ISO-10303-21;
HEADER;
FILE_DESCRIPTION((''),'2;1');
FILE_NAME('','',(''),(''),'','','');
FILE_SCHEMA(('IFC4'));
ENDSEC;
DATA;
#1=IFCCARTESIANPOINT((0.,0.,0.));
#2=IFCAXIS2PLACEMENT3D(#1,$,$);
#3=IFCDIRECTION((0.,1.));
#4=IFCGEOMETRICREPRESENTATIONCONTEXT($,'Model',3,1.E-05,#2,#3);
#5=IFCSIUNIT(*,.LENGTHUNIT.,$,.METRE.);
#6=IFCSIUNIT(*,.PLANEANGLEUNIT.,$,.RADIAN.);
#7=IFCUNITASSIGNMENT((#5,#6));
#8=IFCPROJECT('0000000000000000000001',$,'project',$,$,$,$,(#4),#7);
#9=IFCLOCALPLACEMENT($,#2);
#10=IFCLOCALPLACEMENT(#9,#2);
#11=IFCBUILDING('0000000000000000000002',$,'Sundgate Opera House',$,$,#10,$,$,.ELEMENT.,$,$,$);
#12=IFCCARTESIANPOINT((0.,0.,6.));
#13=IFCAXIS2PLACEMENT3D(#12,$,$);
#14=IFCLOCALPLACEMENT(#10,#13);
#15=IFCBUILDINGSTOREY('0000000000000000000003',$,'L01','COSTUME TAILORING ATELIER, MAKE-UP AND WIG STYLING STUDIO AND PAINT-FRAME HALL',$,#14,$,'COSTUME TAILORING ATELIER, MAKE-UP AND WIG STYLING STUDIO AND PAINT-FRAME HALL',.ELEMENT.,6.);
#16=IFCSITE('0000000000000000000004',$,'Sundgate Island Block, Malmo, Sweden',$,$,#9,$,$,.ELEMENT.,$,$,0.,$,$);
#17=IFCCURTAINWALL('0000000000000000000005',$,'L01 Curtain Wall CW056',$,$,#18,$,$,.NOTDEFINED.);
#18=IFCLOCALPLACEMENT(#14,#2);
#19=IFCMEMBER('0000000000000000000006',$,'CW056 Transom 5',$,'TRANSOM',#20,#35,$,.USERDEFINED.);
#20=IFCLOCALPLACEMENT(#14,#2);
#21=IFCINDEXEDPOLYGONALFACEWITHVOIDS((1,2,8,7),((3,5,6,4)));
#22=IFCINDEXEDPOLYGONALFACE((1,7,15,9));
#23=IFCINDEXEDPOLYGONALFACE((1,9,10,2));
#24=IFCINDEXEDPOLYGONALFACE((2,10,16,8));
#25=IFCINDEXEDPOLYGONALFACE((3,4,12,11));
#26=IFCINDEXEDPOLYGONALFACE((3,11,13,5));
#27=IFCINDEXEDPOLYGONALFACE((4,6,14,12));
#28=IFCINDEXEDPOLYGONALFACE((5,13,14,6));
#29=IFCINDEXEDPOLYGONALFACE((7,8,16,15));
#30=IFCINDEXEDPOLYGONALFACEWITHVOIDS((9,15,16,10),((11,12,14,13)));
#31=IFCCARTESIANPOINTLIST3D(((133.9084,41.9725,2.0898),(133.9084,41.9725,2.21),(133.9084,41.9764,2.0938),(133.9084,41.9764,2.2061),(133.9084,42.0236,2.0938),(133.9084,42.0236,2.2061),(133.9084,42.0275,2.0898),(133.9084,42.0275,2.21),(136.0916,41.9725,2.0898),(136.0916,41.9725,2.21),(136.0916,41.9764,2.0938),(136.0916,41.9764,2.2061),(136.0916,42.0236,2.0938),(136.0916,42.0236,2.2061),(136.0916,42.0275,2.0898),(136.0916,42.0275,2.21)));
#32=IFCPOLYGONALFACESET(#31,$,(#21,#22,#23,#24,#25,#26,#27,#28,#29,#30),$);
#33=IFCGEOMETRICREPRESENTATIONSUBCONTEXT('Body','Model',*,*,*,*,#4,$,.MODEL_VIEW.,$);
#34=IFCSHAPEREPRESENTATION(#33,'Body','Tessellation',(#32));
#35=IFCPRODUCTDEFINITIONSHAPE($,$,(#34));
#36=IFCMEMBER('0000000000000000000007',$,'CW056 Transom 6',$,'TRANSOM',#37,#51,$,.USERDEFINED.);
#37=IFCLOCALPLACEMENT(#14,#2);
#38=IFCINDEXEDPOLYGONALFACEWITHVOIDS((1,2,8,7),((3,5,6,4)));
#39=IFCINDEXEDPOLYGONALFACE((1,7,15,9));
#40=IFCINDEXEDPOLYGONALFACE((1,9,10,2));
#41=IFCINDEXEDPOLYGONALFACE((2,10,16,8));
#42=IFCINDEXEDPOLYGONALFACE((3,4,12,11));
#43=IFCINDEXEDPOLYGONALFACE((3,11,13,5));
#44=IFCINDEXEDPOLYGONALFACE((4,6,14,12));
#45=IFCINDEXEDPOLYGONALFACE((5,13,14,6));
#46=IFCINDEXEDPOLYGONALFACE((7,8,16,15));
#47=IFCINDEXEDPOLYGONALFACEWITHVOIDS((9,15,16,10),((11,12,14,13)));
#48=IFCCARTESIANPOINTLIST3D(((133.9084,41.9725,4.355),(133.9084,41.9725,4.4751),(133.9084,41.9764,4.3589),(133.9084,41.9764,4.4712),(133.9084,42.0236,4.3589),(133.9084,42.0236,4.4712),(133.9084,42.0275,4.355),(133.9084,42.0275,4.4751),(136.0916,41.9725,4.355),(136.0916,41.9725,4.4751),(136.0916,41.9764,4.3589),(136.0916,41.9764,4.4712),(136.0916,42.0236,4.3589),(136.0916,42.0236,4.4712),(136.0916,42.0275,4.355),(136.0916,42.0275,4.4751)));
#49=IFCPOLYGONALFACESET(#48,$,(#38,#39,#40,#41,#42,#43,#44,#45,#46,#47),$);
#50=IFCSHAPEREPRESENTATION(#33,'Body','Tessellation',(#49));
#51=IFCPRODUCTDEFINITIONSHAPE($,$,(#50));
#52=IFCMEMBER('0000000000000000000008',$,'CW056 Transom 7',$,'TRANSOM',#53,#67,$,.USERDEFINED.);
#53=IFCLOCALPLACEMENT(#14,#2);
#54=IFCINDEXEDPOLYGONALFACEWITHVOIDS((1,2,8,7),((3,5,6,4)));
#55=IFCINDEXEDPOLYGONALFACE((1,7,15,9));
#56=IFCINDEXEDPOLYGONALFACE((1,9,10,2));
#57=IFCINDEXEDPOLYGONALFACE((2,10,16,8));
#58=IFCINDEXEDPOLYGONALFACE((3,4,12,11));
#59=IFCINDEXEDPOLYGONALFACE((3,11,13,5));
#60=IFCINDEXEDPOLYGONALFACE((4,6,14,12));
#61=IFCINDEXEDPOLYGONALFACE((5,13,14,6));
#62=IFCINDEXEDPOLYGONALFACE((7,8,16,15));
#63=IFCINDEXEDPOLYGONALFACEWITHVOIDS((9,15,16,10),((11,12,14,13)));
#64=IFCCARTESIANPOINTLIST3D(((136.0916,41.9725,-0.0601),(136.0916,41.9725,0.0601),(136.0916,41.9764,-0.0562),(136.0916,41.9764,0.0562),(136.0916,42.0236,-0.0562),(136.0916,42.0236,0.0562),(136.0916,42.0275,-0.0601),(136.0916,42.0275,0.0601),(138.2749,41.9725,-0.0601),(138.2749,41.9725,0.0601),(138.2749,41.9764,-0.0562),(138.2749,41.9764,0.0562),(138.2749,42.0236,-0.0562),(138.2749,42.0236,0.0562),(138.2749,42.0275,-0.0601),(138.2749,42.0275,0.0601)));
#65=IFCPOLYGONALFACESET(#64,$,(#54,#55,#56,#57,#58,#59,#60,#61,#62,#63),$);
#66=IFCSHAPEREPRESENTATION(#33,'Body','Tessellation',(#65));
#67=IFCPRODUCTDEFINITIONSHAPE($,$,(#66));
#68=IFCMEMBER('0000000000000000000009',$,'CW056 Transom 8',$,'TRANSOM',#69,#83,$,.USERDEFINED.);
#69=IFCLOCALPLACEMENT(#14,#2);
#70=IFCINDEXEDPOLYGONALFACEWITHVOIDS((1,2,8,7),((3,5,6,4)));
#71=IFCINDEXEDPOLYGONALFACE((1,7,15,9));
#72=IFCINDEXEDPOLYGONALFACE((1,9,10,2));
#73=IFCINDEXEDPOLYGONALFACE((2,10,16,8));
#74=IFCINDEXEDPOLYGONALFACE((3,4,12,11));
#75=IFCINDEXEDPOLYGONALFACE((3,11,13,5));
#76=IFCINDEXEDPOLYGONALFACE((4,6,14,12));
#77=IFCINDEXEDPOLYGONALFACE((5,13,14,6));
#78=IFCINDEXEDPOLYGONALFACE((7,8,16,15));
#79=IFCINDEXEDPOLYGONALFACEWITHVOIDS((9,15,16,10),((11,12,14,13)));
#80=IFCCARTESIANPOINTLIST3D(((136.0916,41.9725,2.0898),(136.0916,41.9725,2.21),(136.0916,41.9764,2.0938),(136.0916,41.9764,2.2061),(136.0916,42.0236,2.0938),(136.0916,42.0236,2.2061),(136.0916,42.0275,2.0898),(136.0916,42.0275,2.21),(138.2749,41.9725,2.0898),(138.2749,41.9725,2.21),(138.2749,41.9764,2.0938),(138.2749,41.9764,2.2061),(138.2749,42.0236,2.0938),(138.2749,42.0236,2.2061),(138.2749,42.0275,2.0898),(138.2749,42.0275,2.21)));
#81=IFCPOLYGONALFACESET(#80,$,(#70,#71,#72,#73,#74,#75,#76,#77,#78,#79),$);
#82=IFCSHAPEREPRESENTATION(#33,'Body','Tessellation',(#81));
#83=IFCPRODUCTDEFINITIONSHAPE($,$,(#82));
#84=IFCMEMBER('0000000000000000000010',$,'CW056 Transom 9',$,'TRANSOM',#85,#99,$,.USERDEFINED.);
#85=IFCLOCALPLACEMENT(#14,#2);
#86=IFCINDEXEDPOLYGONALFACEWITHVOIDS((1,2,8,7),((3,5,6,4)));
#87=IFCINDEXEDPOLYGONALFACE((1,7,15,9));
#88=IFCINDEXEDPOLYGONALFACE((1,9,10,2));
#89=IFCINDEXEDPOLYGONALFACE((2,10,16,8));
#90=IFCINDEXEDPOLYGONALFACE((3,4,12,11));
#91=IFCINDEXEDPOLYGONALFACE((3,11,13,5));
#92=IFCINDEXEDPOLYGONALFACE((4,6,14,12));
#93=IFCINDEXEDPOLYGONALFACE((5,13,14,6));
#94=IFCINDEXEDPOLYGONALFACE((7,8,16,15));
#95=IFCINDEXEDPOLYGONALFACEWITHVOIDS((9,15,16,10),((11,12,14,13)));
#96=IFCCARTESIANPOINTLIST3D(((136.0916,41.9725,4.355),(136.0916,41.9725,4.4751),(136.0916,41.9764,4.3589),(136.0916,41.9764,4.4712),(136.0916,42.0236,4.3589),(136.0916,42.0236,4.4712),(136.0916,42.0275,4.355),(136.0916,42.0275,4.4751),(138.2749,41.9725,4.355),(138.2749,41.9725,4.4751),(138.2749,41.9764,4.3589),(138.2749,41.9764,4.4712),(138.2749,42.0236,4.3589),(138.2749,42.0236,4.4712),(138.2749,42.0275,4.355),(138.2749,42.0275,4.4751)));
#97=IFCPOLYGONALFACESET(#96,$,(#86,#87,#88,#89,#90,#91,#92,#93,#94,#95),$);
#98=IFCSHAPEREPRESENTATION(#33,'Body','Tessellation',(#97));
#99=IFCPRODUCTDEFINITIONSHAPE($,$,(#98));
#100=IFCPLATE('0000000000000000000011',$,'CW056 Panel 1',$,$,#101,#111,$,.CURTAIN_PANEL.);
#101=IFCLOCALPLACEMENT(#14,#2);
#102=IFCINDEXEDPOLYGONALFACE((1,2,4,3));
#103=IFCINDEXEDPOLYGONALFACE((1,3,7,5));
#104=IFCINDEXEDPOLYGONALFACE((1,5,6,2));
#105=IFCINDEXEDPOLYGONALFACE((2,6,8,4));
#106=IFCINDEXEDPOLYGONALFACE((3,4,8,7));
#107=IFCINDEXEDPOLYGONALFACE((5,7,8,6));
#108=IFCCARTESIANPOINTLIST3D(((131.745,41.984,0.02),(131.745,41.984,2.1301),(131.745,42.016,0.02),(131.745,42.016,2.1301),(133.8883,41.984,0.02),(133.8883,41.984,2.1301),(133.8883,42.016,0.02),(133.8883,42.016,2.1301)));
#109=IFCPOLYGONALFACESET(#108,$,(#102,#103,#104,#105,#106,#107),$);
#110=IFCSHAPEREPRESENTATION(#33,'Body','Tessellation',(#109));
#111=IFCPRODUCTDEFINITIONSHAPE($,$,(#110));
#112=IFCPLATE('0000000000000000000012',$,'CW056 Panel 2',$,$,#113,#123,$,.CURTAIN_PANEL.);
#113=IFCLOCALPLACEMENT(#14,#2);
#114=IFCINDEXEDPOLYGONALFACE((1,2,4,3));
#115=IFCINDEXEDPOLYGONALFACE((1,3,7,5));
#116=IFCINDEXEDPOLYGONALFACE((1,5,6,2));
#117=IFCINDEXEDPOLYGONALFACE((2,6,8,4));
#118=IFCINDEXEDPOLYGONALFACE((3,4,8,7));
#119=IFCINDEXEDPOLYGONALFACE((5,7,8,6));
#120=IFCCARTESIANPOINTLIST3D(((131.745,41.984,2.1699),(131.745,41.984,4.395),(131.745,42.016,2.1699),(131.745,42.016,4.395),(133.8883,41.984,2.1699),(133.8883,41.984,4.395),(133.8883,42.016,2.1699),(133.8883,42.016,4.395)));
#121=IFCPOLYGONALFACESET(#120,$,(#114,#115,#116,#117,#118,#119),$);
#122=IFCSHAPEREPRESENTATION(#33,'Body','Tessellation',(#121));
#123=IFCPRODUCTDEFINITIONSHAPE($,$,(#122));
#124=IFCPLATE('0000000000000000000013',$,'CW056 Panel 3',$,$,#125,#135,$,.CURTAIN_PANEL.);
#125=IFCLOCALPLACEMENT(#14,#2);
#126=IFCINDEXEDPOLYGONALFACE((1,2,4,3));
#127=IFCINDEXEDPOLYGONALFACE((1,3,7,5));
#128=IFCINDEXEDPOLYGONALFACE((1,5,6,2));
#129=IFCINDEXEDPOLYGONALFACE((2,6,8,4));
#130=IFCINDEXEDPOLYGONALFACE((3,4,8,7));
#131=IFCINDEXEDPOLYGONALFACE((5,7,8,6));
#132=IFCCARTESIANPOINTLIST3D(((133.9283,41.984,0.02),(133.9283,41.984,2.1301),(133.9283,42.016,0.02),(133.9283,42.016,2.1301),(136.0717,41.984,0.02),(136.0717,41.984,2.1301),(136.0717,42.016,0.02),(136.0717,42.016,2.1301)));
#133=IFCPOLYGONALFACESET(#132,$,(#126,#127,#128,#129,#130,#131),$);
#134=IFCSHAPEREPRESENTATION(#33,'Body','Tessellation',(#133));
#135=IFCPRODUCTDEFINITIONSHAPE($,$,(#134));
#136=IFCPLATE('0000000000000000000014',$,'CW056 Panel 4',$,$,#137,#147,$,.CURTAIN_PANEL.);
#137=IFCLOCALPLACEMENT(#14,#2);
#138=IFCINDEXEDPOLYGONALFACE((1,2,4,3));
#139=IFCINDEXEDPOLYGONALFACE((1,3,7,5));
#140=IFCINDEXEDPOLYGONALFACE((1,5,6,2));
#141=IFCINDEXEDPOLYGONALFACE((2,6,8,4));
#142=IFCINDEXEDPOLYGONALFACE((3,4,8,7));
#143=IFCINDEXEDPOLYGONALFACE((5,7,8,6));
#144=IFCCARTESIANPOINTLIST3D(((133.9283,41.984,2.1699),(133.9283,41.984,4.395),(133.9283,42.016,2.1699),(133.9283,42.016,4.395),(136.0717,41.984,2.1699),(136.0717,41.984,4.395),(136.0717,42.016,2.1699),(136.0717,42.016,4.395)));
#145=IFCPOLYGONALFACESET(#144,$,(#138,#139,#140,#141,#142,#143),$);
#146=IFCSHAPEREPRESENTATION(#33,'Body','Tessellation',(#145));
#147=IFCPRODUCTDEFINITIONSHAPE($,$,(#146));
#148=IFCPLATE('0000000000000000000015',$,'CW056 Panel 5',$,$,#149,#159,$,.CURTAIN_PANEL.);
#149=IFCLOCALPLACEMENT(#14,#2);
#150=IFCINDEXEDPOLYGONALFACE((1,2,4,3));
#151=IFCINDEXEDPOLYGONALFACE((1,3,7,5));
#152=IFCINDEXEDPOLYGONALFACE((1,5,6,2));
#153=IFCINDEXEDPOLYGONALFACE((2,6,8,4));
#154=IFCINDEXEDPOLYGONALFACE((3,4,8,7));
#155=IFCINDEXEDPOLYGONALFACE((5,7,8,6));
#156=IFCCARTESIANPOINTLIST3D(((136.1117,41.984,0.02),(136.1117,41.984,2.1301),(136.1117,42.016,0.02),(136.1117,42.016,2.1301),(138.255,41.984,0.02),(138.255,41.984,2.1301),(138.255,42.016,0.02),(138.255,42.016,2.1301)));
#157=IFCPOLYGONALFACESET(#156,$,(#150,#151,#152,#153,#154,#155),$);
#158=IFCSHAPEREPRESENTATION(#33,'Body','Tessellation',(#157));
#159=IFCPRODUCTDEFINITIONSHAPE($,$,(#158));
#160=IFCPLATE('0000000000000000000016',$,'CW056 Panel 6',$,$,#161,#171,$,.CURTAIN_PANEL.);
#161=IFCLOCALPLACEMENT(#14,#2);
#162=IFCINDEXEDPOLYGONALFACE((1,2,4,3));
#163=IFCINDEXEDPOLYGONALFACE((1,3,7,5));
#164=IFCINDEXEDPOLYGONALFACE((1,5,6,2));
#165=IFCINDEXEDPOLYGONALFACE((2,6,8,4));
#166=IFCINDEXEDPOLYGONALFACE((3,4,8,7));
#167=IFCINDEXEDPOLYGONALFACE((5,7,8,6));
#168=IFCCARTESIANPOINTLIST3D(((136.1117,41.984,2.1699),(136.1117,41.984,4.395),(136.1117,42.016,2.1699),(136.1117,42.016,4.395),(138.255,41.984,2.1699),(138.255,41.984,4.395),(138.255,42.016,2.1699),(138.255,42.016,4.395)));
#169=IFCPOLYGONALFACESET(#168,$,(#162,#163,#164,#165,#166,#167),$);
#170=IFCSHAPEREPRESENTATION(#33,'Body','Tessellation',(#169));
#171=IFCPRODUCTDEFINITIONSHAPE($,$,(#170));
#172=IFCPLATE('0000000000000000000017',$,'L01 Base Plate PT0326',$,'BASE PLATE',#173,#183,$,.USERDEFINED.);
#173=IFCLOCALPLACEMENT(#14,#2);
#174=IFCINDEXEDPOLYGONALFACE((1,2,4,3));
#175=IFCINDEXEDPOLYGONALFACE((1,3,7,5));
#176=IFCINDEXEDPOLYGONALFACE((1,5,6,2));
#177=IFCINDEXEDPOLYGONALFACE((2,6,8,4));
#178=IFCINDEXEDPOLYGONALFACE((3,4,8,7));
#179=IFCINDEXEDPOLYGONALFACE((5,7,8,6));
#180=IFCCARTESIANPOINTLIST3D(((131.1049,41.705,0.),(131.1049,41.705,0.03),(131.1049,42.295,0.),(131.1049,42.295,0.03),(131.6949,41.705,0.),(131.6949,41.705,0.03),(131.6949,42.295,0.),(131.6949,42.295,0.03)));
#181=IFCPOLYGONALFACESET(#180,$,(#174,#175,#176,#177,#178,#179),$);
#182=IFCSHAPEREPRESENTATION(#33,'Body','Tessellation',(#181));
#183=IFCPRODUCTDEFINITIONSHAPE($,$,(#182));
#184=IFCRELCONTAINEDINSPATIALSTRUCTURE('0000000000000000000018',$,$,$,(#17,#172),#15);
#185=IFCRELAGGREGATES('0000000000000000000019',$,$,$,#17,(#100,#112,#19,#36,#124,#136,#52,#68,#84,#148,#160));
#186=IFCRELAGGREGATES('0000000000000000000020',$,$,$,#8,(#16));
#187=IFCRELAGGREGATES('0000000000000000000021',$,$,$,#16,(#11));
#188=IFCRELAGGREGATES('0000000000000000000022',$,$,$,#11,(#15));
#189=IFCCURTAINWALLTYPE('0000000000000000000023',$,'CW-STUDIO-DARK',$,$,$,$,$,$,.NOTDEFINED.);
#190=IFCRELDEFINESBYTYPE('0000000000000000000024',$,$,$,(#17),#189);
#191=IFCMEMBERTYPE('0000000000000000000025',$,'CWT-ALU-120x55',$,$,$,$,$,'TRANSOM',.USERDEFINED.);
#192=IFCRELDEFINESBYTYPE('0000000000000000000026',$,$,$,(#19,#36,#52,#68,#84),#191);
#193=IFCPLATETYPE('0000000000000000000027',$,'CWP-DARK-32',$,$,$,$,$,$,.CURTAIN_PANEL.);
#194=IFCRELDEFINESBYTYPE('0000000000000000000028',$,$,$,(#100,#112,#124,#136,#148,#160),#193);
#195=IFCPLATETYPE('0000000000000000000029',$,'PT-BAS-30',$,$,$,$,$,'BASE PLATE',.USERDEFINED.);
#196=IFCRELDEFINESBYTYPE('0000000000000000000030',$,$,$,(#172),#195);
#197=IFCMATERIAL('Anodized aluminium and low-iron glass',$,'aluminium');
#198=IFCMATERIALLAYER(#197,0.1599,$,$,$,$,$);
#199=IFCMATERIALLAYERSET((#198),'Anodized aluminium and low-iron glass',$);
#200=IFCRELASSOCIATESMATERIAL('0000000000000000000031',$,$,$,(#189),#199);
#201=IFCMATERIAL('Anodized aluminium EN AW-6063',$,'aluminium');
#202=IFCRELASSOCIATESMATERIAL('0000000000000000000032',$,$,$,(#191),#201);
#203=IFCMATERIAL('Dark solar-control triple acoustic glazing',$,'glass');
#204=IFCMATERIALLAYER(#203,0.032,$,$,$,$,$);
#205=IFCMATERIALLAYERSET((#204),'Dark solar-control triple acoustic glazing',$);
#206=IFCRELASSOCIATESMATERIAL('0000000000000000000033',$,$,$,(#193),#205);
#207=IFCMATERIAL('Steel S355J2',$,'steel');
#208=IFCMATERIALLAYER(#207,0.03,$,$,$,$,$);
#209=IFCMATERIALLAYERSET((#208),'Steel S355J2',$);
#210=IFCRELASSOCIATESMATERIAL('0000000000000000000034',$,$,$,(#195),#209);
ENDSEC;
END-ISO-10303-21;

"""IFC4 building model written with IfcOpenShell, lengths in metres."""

from ifc_helpers import new_model, si_unit, direction, frame, origin, origin_2d, place, context, subcontext, project, spatial, rectangle, hollow_rectangle, extrude, material, layer, layer_set, material_profile, profile_set, type_object, element, aggregate, save


model = new_model("IFC4")

# Units and contexts
model_context = context("Model", 3, precision=1e-05, world=origin(), true_north=direction((0.0, 1.0)))
body_context = subcontext(model_context, "Body", "Model", "MODEL_VIEW")
ifc_project = project(units=[si_unit("LENGTHUNIT", "METRE"), si_unit("PLANEANGLEUNIT", "RADIAN")], contexts=[model_context])

# Site, building, storey
site_placement = place(None, origin())
site = spatial("IfcSite", under=ifc_project, at=site_placement, Name="Sundgate Island Block, Malmo, Sweden", CompositionType="ELEMENT", RefElevation=0.0)
building_placement = place(site_placement, origin())
building = spatial("IfcBuilding", under=site, at=building_placement, Name="Sundgate Opera House", CompositionType="ELEMENT")
storey_placement = place(building_placement, frame((0.0, 0.0, 6.0)))
storey = spatial("IfcBuildingStorey", under=building, at=storey_placement, Name="L01", Description="COSTUME TAILORING ATELIER, MAKE-UP AND WIG STYLING STUDIO AND PAINT-FRAME HALL", LongName="COSTUME TAILORING ATELIER, MAKE-UP AND WIG STYLING STUDIO AND PAINT-FRAME HALL", CompositionType="ELEMENT", Elevation=6.0)

# Curtain wall, members, plates
ifc_material_1 = material(Name="Anodized aluminium and low-iron glass", Category="aluminium")
ifc_layer_1 = layer(ifc_material_1, 0.1599)
ifc_layer_set_1 = layer_set([ifc_layer_1], Name="Anodized aluminium and low-iron glass")
curtain_wall_type = type_object("IfcCurtainWallType", Name="CW-STUDIO-DARK", PredefinedType="NOTDEFINED", material=ifc_layer_set_1)
curtain_wall_placement = place(storey_placement, origin())
curtain_wall = element("IfcCurtainWall", 1, at=curtain_wall_placement, inside=storey, type_object=curtain_wall_type, Name="L01 Curtain Wall CW056", PredefinedType="NOTDEFINED")
ifc_material_2 = material(Name="Anodized aluminium EN AW-6063", Category="aluminium")
ifc_material_profile_1 = material_profile(ifc_material_2, hollow_rectangle(XDim=0.0549, YDim=0.1201, WallThickness=0.0039, at=origin_2d()), Name="CWT 120x55x4")
ifc_profile_set_1 = profile_set([ifc_material_profile_1], Name="Anodized aluminium EN AW-6063")
member_type_1 = type_object("IfcMemberType", Name="CWT-ALU-120x55", ElementType="TRANSOM", PredefinedType="USERDEFINED", material=ifc_profile_set_1)
member_1_placement = place(storey_placement, frame((133.9084, 42.0, 2.1499), z_axis=(1.0, 0.0, 0.0), x_axis=(0.0, 1.0, 0.0)))
member_1 = element("IfcMember", 2, at=member_1_placement, type_object=member_type_1, Name="CW056 Transom 5", ObjectType="TRANSOM", PredefinedType="USERDEFINED", context=body_context, shape_type="SweptSolid", body=[
    extrude(hollow_rectangle(XDim=0.0549, YDim=0.1201, WallThickness=0.0039, at=origin_2d()), origin(), (0.0, 0.0, 1.0), 2.1831),
])
member_2_placement = place(storey_placement, frame((133.9084, 42.0, 4.415), z_axis=(1.0, 0.0, 0.0), x_axis=(0.0, 1.0, 0.0)))
member_2 = element("IfcMember", 3, at=member_2_placement, type_object=member_type_1, Name="CW056 Transom 6", ObjectType="TRANSOM", PredefinedType="USERDEFINED", context=body_context, shape_type="SweptSolid", body=[
    extrude(hollow_rectangle(XDim=0.0549, YDim=0.1201, WallThickness=0.0039, at=origin_2d()), origin(), (0.0, 0.0, 1.0), 2.1831),
])
member_3_placement = place(storey_placement, frame((136.0916, 42.0, 0.0), z_axis=(1.0, 0.0, 0.0), x_axis=(0.0, 1.0, 0.0)))
member_3 = element("IfcMember", 4, at=member_3_placement, type_object=member_type_1, Name="CW056 Transom 7", ObjectType="TRANSOM", PredefinedType="USERDEFINED", context=body_context, shape_type="SweptSolid", body=[
    extrude(hollow_rectangle(XDim=0.0549, YDim=0.1201, WallThickness=0.0039, at=origin_2d()), origin(), (0.0, 0.0, 1.0), 2.1833),
])
member_4_placement = place(storey_placement, frame((136.0916, 42.0, 2.1499), z_axis=(1.0, 0.0, 0.0), x_axis=(0.0, 1.0, 0.0)))
member_4 = element("IfcMember", 5, at=member_4_placement, type_object=member_type_1, Name="CW056 Transom 8", ObjectType="TRANSOM", PredefinedType="USERDEFINED", context=body_context, shape_type="SweptSolid", body=[
    extrude(hollow_rectangle(XDim=0.0549, YDim=0.1201, WallThickness=0.0039, at=origin_2d()), origin(), (0.0, 0.0, 1.0), 2.1833),
])
member_5_placement = place(storey_placement, frame((136.0916, 42.0, 4.415), z_axis=(1.0, 0.0, 0.0), x_axis=(0.0, 1.0, 0.0)))
member_5 = element("IfcMember", 6, at=member_5_placement, type_object=member_type_1, Name="CW056 Transom 9", ObjectType="TRANSOM", PredefinedType="USERDEFINED", context=body_context, shape_type="SweptSolid", body=[
    extrude(hollow_rectangle(XDim=0.0549, YDim=0.1201, WallThickness=0.0039, at=origin_2d()), origin(), (0.0, 0.0, 1.0), 2.1833),
])
ifc_material_3 = material(Name="Dark solar-control triple acoustic glazing", Category="glass")
ifc_layer_2 = layer(ifc_material_3, 0.032)
ifc_layer_set_2 = layer_set([ifc_layer_2], Name="Dark solar-control triple acoustic glazing")
plate_type_1 = type_object("IfcPlateType", Name="CWP-DARK-32", PredefinedType="CURTAIN_PANEL", material=ifc_layer_set_2)
plate_1_placement = place(storey_placement, frame((132.8167, 42.0, 0.02), z_axis=(0.0, 0.0, 1.0), x_axis=(1.0, 0.0, 0.0)))
plate_1 = element("IfcPlate", 7, at=plate_1_placement, type_object=plate_type_1, Name="CW056 Panel 1", PredefinedType="CURTAIN_PANEL", context=body_context, shape_type="SweptSolid", body=[
    extrude(rectangle(XDim=2.1433, YDim=0.032, at=origin_2d()), origin(), (0.0, 0.0, 1.0), 2.1101),
])
plate_2_placement = place(storey_placement, frame((132.8167, 42.0, 2.1699), z_axis=(0.0, 0.0, 1.0), x_axis=(1.0, 0.0, 0.0)))
plate_2 = element("IfcPlate", 8, at=plate_2_placement, type_object=plate_type_1, Name="CW056 Panel 2", PredefinedType="CURTAIN_PANEL", context=body_context, shape_type="SweptSolid", body=[
    extrude(rectangle(XDim=2.1433, YDim=0.032, at=origin_2d()), origin(), (0.0, 0.0, 1.0), 2.2251),
])
plate_3_placement = place(storey_placement, frame((135.0, 42.0, 0.02), z_axis=(0.0, 0.0, 1.0), x_axis=(1.0, 0.0, 0.0)))
plate_3 = element("IfcPlate", 9, at=plate_3_placement, type_object=plate_type_1, Name="CW056 Panel 3", PredefinedType="CURTAIN_PANEL", context=body_context, shape_type="SweptSolid", body=[
    extrude(rectangle(XDim=2.1433, YDim=0.032, at=origin_2d()), origin(), (0.0, 0.0, 1.0), 2.1101),
])
plate_4_placement = place(storey_placement, frame((135.0, 42.0, 2.1699), z_axis=(0.0, 0.0, 1.0), x_axis=(1.0, 0.0, 0.0)))
plate_4 = element("IfcPlate", 10, at=plate_4_placement, type_object=plate_type_1, Name="CW056 Panel 4", PredefinedType="CURTAIN_PANEL", context=body_context, shape_type="SweptSolid", body=[
    extrude(rectangle(XDim=2.1433, YDim=0.032, at=origin_2d()), origin(), (0.0, 0.0, 1.0), 2.2251),
])
plate_5_placement = place(storey_placement, frame((137.1833, 42.0, 0.02), z_axis=(0.0, 0.0, 1.0), x_axis=(1.0, 0.0, 0.0)))
plate_5 = element("IfcPlate", 11, at=plate_5_placement, type_object=plate_type_1, Name="CW056 Panel 5", PredefinedType="CURTAIN_PANEL", context=body_context, shape_type="SweptSolid", body=[
    extrude(rectangle(XDim=2.1433, YDim=0.032, at=origin_2d()), origin(), (0.0, 0.0, 1.0), 2.1101),
])
plate_6_placement = place(storey_placement, frame((137.1833, 42.0, 2.1699), z_axis=(0.0, 0.0, 1.0), x_axis=(1.0, 0.0, 0.0)))
plate_6 = element("IfcPlate", 12, at=plate_6_placement, type_object=plate_type_1, Name="CW056 Panel 6", PredefinedType="CURTAIN_PANEL", context=body_context, shape_type="SweptSolid", body=[
    extrude(rectangle(XDim=2.1433, YDim=0.032, at=origin_2d()), origin(), (0.0, 0.0, 1.0), 2.2251),
])
aggregate(curtain_wall, [plate_1, plate_2, member_1, member_2, plate_3, plate_4, member_3, member_4, member_5, plate_5, plate_6])

# Plate
ifc_material_4 = material(Name="Steel S355J2", Category="steel")
ifc_layer_3 = layer(ifc_material_4, 0.03)
ifc_layer_set_3 = layer_set([ifc_layer_3], Name="Steel S355J2")
plate_type_2 = type_object("IfcPlateType", Name="PT-BAS-30", ElementType="BASE PLATE", PredefinedType="USERDEFINED", material=ifc_layer_set_3)
plate_7_placement = place(storey_placement, frame((131.3999, 42.0, 0.0), z_axis=(0.0, 0.0, 1.0), x_axis=(1.0, 0.0, 0.0)))
element("IfcPlate", 13, at=plate_7_placement, inside=storey, type_object=plate_type_2, Name="L01 Base Plate PT0326", ObjectType="BASE PLATE", PredefinedType="USERDEFINED", context=body_context, shape_type="SweptSolid", body=[
    extrude(rectangle(XDim=0.5901, YDim=0.5901, at=origin_2d()), origin(), (0.0, 0.0, 1.0), 0.03),
])

save(model, "model.ifc")
